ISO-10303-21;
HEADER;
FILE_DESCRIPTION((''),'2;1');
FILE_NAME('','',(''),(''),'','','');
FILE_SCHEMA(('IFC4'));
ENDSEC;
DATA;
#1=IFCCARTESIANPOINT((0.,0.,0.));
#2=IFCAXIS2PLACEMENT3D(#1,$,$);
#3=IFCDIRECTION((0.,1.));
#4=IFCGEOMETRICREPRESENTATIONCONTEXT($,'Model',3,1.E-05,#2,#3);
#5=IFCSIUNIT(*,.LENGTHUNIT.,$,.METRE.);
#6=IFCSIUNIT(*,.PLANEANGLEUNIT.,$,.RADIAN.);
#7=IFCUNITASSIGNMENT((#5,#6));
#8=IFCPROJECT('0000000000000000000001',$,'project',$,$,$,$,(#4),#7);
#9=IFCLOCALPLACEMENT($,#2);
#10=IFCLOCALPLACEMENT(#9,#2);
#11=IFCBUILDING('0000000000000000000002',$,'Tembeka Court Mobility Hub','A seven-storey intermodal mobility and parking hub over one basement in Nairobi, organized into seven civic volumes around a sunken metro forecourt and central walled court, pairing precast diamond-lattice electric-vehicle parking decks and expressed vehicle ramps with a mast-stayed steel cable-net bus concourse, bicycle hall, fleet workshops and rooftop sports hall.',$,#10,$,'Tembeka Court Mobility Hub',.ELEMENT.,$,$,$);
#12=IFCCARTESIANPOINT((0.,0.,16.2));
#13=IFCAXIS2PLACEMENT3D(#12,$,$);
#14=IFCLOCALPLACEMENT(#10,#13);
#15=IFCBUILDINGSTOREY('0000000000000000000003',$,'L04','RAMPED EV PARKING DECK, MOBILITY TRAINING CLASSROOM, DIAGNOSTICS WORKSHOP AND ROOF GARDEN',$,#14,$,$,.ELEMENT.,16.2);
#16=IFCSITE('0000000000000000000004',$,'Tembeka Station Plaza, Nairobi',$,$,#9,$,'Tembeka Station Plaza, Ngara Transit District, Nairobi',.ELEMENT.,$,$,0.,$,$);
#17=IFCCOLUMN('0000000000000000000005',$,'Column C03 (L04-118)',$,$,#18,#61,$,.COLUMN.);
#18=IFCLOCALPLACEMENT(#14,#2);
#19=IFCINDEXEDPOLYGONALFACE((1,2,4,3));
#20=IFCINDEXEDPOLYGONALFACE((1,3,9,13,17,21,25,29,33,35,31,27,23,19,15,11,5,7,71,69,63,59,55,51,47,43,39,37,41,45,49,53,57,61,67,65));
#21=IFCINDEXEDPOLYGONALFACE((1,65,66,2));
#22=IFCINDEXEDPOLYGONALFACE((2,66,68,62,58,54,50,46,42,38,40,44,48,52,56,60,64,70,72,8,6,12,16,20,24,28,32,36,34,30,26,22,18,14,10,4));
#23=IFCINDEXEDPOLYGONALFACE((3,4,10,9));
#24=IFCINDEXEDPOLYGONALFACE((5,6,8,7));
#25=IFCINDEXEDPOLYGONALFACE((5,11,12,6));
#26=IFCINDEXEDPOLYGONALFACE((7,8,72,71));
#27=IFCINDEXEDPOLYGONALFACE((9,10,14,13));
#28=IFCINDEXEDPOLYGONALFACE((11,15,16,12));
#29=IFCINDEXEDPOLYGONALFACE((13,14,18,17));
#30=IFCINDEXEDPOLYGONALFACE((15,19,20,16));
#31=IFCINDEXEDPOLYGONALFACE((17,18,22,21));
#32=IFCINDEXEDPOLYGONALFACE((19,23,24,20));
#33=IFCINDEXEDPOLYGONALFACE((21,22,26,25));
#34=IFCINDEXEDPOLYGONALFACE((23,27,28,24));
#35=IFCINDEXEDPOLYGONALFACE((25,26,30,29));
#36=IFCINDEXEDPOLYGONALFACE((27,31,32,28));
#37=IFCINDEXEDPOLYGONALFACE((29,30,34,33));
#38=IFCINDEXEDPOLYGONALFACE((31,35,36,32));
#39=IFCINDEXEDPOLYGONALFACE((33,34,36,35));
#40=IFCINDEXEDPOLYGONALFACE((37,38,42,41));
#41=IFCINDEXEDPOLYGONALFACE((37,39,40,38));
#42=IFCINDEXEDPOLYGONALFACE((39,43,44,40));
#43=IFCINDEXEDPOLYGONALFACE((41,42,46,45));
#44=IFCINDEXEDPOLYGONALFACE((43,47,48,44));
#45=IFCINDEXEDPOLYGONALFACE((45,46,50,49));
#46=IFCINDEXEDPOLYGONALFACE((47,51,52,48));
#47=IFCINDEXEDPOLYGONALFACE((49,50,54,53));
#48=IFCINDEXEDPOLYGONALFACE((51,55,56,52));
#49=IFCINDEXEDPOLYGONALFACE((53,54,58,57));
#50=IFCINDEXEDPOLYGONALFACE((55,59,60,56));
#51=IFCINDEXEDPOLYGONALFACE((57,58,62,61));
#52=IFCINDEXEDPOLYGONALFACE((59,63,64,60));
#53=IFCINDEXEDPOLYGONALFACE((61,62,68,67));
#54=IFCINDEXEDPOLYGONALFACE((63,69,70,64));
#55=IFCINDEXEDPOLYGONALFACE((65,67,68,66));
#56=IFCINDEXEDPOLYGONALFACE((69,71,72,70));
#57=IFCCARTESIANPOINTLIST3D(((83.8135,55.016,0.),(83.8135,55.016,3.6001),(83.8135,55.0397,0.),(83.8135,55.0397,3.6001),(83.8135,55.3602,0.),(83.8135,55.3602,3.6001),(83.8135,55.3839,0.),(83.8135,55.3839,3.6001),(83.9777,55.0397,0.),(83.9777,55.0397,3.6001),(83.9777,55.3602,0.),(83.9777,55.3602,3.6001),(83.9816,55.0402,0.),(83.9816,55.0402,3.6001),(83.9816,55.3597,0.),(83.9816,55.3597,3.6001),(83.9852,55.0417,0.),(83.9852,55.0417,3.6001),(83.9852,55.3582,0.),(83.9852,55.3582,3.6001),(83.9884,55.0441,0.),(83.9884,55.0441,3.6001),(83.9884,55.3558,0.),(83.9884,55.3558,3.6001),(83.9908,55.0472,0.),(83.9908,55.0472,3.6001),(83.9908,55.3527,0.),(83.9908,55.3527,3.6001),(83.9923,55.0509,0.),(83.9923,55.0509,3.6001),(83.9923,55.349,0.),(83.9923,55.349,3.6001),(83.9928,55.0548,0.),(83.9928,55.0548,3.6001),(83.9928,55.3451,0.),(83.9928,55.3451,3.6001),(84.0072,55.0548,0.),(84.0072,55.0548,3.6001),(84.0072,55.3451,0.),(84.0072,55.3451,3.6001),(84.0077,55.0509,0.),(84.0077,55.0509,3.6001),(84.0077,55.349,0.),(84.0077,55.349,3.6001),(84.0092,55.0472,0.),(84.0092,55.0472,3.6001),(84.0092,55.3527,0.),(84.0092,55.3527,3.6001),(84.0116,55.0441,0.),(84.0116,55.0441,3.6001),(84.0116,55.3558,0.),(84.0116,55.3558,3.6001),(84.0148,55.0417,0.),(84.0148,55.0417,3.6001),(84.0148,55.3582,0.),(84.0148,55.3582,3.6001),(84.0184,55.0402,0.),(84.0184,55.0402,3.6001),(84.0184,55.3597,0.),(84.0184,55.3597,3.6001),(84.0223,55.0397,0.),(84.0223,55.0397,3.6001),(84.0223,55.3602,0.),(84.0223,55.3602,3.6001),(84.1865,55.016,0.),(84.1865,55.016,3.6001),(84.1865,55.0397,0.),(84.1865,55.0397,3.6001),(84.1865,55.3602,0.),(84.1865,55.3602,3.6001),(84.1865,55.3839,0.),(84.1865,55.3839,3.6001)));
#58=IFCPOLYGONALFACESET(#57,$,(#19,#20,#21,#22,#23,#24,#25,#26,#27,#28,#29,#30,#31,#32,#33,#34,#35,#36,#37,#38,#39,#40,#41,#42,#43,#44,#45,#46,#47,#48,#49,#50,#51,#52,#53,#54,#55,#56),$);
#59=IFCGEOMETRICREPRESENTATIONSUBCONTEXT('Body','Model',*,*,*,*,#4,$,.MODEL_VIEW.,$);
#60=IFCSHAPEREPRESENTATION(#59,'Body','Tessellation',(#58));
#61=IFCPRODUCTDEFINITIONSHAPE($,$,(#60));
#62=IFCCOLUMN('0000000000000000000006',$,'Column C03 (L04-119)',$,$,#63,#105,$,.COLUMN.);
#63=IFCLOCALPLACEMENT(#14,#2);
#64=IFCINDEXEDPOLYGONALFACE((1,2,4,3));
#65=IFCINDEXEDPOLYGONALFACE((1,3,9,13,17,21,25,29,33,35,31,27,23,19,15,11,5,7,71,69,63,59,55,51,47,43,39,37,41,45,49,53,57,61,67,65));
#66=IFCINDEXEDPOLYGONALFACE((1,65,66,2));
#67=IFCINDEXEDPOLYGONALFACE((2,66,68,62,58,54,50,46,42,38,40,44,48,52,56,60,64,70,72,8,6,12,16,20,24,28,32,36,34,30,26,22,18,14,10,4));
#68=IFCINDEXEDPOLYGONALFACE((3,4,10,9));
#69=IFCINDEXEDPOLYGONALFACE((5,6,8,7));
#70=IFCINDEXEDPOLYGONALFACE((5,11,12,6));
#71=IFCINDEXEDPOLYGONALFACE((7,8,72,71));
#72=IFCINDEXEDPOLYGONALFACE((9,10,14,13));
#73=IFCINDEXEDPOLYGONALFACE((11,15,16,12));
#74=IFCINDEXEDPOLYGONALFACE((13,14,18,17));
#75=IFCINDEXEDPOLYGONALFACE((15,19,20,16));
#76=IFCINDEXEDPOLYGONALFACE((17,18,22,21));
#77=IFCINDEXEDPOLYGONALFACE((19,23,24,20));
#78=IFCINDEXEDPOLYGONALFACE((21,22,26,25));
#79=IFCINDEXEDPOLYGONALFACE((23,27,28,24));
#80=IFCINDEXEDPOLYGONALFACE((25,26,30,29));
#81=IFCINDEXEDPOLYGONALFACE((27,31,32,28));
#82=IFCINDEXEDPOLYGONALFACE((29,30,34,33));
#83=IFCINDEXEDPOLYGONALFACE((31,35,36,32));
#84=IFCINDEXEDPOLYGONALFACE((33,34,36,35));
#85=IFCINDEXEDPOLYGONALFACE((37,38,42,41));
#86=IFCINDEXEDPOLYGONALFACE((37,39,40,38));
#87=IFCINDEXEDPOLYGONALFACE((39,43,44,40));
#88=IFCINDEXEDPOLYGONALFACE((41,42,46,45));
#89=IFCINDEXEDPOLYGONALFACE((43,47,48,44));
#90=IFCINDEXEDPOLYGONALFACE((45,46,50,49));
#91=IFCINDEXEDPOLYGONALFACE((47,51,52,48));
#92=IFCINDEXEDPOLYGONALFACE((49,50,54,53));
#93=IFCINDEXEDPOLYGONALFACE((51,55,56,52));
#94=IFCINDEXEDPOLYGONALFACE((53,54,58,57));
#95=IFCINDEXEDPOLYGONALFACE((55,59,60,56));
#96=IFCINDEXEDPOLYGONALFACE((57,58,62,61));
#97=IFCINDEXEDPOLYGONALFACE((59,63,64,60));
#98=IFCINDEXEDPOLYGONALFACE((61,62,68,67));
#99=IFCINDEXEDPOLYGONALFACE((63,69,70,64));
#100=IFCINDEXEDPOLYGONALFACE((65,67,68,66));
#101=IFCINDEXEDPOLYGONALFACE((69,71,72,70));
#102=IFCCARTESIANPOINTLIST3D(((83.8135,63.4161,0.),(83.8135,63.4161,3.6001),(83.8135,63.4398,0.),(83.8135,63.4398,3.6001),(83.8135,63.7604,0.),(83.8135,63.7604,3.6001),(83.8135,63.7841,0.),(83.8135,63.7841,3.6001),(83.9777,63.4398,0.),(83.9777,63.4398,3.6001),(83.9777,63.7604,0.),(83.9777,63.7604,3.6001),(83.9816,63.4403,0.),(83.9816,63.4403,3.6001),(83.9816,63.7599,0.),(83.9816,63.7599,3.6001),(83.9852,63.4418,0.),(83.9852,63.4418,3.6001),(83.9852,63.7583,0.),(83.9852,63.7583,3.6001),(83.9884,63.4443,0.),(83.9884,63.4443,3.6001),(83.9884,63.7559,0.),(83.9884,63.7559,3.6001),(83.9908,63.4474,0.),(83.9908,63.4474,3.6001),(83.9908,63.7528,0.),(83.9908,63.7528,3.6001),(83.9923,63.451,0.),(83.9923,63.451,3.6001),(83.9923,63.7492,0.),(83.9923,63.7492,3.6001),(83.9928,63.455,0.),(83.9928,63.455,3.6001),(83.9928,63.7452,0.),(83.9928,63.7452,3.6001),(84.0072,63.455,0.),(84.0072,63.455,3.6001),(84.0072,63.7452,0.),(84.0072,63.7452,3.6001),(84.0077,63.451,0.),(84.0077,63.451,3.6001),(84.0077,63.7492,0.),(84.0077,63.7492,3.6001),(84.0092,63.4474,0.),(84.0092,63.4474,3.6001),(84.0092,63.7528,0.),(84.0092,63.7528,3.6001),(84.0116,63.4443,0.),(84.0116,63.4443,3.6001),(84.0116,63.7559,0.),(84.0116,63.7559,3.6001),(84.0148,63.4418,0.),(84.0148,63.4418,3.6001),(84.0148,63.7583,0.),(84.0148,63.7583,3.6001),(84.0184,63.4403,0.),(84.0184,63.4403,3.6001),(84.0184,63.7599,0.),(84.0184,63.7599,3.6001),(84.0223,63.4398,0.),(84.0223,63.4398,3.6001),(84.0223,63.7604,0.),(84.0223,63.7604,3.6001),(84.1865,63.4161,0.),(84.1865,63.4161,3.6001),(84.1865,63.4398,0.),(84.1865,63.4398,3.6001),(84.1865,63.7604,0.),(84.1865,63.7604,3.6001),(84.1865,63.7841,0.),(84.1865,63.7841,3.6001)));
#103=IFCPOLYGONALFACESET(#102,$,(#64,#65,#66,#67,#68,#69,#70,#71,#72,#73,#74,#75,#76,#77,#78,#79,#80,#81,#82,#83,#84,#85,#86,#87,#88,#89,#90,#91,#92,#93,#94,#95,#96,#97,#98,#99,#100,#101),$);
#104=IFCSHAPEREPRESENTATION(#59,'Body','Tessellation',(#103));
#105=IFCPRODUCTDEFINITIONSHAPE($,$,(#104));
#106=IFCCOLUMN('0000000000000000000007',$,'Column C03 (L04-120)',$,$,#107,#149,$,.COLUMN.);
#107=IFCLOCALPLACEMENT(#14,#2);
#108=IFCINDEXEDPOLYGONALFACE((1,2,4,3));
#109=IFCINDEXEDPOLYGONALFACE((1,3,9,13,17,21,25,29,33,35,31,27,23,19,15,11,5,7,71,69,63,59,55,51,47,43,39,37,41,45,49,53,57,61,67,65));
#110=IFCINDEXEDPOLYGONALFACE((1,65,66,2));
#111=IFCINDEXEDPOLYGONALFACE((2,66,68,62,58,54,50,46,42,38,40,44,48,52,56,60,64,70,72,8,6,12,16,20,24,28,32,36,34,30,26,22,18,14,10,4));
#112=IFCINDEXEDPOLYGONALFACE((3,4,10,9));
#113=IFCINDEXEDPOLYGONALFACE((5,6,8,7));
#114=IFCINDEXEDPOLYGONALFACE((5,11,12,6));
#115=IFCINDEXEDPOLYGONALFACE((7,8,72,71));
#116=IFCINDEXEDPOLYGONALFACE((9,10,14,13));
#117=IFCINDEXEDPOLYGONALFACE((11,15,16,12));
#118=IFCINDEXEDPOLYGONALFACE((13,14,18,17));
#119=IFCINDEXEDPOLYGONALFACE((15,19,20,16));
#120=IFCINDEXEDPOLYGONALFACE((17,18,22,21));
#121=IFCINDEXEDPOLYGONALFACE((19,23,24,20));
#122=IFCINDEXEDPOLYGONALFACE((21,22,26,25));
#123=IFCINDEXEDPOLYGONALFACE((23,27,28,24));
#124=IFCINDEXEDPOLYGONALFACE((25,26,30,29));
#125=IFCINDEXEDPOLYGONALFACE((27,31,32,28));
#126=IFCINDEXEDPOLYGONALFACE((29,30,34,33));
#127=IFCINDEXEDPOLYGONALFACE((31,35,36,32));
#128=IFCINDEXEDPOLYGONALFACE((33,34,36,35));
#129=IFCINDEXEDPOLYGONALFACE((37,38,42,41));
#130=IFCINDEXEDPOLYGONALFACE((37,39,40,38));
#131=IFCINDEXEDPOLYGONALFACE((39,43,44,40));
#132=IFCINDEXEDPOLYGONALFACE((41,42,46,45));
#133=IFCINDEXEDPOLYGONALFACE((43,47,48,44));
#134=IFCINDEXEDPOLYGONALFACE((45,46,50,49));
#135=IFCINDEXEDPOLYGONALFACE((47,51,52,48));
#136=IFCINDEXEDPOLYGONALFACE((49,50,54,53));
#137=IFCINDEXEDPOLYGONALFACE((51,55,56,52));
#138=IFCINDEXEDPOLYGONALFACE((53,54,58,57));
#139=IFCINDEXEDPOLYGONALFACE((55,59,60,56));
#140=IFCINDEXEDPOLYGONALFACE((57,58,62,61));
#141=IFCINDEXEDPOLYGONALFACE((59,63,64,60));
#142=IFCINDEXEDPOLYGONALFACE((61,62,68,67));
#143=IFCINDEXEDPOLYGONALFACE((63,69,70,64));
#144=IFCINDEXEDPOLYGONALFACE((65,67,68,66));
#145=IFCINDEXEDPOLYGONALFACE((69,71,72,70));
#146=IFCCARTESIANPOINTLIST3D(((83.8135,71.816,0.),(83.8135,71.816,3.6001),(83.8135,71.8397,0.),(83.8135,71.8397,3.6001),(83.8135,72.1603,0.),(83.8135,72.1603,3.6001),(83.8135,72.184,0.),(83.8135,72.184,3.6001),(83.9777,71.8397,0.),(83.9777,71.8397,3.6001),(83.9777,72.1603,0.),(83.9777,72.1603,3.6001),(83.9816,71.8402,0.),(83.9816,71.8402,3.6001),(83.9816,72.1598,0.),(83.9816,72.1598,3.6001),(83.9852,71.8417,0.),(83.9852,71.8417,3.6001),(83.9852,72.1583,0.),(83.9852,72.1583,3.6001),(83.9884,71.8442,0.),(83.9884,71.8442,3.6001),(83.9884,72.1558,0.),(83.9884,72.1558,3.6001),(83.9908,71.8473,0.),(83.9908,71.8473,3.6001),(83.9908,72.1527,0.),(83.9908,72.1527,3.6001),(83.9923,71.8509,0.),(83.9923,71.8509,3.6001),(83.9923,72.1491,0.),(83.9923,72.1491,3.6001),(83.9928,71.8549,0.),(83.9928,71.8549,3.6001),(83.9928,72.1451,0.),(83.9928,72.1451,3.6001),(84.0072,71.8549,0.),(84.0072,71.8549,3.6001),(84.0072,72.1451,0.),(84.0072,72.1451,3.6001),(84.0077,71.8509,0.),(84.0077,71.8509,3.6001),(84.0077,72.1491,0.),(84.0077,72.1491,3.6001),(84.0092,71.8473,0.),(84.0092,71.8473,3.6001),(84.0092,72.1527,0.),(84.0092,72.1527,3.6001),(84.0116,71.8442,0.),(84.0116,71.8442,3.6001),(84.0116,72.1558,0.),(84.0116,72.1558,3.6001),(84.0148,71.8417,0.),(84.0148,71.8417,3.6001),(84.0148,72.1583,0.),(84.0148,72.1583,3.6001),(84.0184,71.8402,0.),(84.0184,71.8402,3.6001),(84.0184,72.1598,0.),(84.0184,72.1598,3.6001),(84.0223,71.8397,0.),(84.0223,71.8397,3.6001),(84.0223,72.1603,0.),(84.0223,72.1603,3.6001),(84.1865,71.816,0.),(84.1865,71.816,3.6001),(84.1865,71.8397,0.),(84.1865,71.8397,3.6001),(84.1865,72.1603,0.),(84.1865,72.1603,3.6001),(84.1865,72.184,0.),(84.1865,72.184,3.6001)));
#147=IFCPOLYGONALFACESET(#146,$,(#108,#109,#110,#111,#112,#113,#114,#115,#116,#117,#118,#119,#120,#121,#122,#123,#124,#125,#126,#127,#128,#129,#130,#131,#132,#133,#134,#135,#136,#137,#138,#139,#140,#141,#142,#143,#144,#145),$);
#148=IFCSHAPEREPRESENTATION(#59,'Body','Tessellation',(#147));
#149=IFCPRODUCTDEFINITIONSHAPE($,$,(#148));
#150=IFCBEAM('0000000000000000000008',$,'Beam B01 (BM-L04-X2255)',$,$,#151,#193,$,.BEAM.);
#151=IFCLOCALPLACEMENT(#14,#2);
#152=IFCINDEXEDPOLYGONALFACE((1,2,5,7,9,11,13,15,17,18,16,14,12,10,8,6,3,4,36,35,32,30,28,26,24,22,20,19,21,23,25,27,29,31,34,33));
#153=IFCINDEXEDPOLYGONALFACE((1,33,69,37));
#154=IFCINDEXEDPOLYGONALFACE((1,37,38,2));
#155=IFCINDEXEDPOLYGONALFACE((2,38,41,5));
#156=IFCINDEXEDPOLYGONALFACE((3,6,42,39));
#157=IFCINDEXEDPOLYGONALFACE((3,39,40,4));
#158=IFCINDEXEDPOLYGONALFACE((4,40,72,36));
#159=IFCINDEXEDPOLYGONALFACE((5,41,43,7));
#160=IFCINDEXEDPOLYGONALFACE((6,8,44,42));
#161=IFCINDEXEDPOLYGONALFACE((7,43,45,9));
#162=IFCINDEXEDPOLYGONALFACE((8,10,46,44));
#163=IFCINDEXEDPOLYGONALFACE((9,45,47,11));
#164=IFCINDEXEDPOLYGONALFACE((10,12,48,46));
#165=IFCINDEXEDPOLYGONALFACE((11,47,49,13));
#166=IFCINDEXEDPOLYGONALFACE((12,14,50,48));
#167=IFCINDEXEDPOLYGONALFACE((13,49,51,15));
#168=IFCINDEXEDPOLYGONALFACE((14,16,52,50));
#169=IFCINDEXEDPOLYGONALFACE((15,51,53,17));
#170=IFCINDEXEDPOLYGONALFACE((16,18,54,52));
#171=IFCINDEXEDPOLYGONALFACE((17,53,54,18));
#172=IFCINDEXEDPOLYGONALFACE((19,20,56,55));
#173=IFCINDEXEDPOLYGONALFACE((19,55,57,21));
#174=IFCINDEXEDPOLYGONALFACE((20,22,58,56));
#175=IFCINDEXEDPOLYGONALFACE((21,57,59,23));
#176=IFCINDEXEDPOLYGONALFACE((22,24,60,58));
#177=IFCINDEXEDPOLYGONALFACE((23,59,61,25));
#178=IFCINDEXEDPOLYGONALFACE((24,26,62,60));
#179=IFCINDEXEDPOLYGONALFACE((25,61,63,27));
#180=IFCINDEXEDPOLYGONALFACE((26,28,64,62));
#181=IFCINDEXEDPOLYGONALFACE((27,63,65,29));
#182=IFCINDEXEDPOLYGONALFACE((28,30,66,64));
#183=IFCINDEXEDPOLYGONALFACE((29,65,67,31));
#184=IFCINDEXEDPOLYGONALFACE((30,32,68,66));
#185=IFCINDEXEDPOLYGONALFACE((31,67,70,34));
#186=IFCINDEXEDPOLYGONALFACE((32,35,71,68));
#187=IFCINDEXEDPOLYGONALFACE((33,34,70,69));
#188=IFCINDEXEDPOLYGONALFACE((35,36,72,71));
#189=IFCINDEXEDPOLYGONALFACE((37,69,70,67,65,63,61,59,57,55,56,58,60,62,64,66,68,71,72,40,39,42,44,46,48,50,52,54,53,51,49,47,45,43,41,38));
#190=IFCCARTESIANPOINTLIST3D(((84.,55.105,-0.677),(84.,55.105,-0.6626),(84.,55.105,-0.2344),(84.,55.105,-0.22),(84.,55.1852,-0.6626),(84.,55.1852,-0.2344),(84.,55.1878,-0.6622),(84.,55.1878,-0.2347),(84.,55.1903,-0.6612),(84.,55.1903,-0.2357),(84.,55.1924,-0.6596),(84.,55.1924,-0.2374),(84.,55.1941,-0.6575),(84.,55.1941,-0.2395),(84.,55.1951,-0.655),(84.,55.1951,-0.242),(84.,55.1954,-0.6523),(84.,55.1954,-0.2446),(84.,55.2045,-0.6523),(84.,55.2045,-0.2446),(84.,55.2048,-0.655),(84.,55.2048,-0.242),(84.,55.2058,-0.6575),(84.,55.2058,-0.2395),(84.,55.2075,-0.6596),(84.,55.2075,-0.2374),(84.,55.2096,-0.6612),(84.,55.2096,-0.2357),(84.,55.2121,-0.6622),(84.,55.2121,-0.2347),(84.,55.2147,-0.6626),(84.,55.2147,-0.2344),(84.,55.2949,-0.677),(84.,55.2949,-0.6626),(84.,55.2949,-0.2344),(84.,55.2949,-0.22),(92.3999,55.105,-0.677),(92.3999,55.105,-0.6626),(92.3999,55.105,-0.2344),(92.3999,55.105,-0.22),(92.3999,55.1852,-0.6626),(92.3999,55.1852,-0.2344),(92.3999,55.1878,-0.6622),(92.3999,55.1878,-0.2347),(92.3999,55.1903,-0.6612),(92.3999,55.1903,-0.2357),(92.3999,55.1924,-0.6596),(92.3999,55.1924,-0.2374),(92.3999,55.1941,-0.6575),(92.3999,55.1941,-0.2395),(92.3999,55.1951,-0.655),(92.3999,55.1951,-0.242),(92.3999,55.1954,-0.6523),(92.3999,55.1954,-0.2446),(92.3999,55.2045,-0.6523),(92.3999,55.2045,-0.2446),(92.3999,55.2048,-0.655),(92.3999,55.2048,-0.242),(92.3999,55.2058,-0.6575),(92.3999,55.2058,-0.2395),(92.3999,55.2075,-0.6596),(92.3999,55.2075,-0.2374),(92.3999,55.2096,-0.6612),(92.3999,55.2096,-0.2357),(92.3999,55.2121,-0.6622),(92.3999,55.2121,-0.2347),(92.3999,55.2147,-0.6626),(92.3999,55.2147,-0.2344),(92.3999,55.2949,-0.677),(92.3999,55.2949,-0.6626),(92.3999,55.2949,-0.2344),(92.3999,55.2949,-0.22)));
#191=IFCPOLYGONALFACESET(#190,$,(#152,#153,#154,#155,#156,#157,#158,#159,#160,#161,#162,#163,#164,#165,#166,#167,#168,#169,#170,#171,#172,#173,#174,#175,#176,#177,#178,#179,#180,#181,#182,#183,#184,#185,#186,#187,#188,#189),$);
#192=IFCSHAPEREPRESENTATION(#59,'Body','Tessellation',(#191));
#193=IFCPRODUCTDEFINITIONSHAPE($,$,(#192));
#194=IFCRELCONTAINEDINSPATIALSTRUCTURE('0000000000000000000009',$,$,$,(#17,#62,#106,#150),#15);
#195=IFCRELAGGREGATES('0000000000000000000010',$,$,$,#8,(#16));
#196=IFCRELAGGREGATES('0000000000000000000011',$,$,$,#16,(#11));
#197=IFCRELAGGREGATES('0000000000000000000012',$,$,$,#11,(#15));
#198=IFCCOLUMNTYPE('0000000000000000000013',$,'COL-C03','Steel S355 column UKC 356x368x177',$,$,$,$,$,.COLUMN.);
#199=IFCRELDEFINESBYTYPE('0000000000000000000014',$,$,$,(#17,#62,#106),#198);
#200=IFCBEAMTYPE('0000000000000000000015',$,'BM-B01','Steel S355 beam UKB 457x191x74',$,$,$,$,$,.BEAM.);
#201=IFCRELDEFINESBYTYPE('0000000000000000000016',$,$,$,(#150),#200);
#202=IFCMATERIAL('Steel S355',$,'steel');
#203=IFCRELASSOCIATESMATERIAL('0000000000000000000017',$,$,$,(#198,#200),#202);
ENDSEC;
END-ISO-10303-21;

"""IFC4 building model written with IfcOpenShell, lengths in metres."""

from ifc_helpers import new_model, si_unit, direction, frame, origin, origin_2d, place, context, subcontext, project, spatial, i_section, extrude, material, material_profile, profile_set, type_object, element, save


model = new_model("IFC4")

# Units and contexts
model_context = context("Model", 3, precision=1e-05, world=origin(), true_north=direction((0.0, 1.0)))
body_context = subcontext(model_context, "Body", "Model", "MODEL_VIEW")
ifc_project = project(units=[si_unit("LENGTHUNIT", "METRE"), si_unit("PLANEANGLEUNIT", "RADIAN")], contexts=[model_context])

# Site, building, storey
site_placement = place(None, origin())
site = spatial("IfcSite", under=ifc_project, at=site_placement, Name="Tembeka Station Plaza, Nairobi", LongName="Tembeka Station Plaza, Ngara Transit District, Nairobi", CompositionType="ELEMENT", RefElevation=0.0)
building_placement = place(site_placement, origin())
building = spatial("IfcBuilding", under=site, at=building_placement, Name="Tembeka Court Mobility Hub", Description="A seven-storey intermodal mobility and parking hub over one basement in Nairobi, organized into seven civic volumes around a sunken metro forecourt and central walled court, pairing precast diamond-lattice electric-vehicle parking decks and expressed vehicle ramps with a mast-stayed steel cable-net bus concourse, bicycle hall, fleet workshops and rooftop sports hall.", LongName="Tembeka Court Mobility Hub", CompositionType="ELEMENT")
storey_placement = place(building_placement, frame((0.0, 0.0, 16.2)))
storey = spatial("IfcBuildingStorey", under=building, at=storey_placement, Name="L04", Description="RAMPED EV PARKING DECK, MOBILITY TRAINING CLASSROOM, DIAGNOSTICS WORKSHOP AND ROOF GARDEN", CompositionType="ELEMENT", Elevation=16.2)

# Columns
ifc_material_1 = material(Name="Steel S355", Category="steel")
ifc_material_profile_1 = material_profile(ifc_material_1, i_section(OverallWidth=0.373, OverallDepth=0.3679, WebThickness=0.0144, FlangeThickness=0.0237, FilletRadius=0.0151, at=origin_2d()), Name="UKC 356x368x177")
ifc_profile_set_1 = profile_set([ifc_material_profile_1], Name="Steel S355")
column_type = type_object("IfcColumnType", Name="COL-C03", Description="Steel S355 column UKC 356x368x177", PredefinedType="COLUMN", material=ifc_profile_set_1)
for number, where, z_axis, x_axis, name in (
    (1, (84.0, 55.2, 0.0), (0.0, 0.0, 1.0), (1.0, 0.0, 0.0), "Column C03 (L04-118)"),
    (2, (84.0, 63.6001, 0.0), (0.0, 0.0, 1.0), (1.0, 0.0, 0.0), "Column C03 (L04-119)"),
    (3, (84.0, 72.0, 0.0), (0.0, 0.0, 1.0), (1.0, 0.0, 0.0), "Column C03 (L04-120)"),
):
    element("IfcColumn", number, at=place(storey_placement, frame(where, z_axis=z_axis, x_axis=x_axis)), inside=storey, type_object=column_type, Name=name, PredefinedType="COLUMN", context=body_context, shape_type="SweptSolid", body=[
        extrude(i_section(OverallWidth=0.373, OverallDepth=0.3679, WebThickness=0.0144, FlangeThickness=0.0237, FilletRadius=0.0151, at=origin_2d()), origin(), (0.0, 0.0, 1.0), 3.6001),
    ])

# Beam
ifc_material_profile_2 = material_profile(ifc_material_1, i_section(OverallWidth=0.1899, OverallDepth=0.457, WebThickness=0.009, FlangeThickness=0.0144, FilletRadius=0.0103, at=origin_2d()), Name="UKB 457x191x74")
ifc_profile_set_2 = profile_set([ifc_material_profile_2], Name="Steel S355")
beam_type_1 = type_object("IfcBeamType", Name="BM-B01", Description="Steel S355 beam UKB 457x191x74", PredefinedType="BEAM", material=ifc_profile_set_2)
for number, where, z_axis, x_axis, name in (
    (4, (84.0, 55.2, -0.4485), (1.0, 0.0, 0.0), (0.0, 1.0, 0.0), "Beam B01 (BM-L04-X2255)"),
):
    element("IfcBeam", number, at=place(storey_placement, frame(where, z_axis=z_axis, x_axis=x_axis)), inside=storey, type_object=beam_type_1, Name=name, PredefinedType="BEAM", context=body_context, shape_type="SweptSolid", body=[
        extrude(i_section(OverallWidth=0.1899, OverallDepth=0.457, WebThickness=0.009, FlangeThickness=0.0144, FilletRadius=0.0103, at=origin_2d()), origin(), (0.0, 0.0, 1.0), 8.3999),
    ])

save(model, "model.ifc")
